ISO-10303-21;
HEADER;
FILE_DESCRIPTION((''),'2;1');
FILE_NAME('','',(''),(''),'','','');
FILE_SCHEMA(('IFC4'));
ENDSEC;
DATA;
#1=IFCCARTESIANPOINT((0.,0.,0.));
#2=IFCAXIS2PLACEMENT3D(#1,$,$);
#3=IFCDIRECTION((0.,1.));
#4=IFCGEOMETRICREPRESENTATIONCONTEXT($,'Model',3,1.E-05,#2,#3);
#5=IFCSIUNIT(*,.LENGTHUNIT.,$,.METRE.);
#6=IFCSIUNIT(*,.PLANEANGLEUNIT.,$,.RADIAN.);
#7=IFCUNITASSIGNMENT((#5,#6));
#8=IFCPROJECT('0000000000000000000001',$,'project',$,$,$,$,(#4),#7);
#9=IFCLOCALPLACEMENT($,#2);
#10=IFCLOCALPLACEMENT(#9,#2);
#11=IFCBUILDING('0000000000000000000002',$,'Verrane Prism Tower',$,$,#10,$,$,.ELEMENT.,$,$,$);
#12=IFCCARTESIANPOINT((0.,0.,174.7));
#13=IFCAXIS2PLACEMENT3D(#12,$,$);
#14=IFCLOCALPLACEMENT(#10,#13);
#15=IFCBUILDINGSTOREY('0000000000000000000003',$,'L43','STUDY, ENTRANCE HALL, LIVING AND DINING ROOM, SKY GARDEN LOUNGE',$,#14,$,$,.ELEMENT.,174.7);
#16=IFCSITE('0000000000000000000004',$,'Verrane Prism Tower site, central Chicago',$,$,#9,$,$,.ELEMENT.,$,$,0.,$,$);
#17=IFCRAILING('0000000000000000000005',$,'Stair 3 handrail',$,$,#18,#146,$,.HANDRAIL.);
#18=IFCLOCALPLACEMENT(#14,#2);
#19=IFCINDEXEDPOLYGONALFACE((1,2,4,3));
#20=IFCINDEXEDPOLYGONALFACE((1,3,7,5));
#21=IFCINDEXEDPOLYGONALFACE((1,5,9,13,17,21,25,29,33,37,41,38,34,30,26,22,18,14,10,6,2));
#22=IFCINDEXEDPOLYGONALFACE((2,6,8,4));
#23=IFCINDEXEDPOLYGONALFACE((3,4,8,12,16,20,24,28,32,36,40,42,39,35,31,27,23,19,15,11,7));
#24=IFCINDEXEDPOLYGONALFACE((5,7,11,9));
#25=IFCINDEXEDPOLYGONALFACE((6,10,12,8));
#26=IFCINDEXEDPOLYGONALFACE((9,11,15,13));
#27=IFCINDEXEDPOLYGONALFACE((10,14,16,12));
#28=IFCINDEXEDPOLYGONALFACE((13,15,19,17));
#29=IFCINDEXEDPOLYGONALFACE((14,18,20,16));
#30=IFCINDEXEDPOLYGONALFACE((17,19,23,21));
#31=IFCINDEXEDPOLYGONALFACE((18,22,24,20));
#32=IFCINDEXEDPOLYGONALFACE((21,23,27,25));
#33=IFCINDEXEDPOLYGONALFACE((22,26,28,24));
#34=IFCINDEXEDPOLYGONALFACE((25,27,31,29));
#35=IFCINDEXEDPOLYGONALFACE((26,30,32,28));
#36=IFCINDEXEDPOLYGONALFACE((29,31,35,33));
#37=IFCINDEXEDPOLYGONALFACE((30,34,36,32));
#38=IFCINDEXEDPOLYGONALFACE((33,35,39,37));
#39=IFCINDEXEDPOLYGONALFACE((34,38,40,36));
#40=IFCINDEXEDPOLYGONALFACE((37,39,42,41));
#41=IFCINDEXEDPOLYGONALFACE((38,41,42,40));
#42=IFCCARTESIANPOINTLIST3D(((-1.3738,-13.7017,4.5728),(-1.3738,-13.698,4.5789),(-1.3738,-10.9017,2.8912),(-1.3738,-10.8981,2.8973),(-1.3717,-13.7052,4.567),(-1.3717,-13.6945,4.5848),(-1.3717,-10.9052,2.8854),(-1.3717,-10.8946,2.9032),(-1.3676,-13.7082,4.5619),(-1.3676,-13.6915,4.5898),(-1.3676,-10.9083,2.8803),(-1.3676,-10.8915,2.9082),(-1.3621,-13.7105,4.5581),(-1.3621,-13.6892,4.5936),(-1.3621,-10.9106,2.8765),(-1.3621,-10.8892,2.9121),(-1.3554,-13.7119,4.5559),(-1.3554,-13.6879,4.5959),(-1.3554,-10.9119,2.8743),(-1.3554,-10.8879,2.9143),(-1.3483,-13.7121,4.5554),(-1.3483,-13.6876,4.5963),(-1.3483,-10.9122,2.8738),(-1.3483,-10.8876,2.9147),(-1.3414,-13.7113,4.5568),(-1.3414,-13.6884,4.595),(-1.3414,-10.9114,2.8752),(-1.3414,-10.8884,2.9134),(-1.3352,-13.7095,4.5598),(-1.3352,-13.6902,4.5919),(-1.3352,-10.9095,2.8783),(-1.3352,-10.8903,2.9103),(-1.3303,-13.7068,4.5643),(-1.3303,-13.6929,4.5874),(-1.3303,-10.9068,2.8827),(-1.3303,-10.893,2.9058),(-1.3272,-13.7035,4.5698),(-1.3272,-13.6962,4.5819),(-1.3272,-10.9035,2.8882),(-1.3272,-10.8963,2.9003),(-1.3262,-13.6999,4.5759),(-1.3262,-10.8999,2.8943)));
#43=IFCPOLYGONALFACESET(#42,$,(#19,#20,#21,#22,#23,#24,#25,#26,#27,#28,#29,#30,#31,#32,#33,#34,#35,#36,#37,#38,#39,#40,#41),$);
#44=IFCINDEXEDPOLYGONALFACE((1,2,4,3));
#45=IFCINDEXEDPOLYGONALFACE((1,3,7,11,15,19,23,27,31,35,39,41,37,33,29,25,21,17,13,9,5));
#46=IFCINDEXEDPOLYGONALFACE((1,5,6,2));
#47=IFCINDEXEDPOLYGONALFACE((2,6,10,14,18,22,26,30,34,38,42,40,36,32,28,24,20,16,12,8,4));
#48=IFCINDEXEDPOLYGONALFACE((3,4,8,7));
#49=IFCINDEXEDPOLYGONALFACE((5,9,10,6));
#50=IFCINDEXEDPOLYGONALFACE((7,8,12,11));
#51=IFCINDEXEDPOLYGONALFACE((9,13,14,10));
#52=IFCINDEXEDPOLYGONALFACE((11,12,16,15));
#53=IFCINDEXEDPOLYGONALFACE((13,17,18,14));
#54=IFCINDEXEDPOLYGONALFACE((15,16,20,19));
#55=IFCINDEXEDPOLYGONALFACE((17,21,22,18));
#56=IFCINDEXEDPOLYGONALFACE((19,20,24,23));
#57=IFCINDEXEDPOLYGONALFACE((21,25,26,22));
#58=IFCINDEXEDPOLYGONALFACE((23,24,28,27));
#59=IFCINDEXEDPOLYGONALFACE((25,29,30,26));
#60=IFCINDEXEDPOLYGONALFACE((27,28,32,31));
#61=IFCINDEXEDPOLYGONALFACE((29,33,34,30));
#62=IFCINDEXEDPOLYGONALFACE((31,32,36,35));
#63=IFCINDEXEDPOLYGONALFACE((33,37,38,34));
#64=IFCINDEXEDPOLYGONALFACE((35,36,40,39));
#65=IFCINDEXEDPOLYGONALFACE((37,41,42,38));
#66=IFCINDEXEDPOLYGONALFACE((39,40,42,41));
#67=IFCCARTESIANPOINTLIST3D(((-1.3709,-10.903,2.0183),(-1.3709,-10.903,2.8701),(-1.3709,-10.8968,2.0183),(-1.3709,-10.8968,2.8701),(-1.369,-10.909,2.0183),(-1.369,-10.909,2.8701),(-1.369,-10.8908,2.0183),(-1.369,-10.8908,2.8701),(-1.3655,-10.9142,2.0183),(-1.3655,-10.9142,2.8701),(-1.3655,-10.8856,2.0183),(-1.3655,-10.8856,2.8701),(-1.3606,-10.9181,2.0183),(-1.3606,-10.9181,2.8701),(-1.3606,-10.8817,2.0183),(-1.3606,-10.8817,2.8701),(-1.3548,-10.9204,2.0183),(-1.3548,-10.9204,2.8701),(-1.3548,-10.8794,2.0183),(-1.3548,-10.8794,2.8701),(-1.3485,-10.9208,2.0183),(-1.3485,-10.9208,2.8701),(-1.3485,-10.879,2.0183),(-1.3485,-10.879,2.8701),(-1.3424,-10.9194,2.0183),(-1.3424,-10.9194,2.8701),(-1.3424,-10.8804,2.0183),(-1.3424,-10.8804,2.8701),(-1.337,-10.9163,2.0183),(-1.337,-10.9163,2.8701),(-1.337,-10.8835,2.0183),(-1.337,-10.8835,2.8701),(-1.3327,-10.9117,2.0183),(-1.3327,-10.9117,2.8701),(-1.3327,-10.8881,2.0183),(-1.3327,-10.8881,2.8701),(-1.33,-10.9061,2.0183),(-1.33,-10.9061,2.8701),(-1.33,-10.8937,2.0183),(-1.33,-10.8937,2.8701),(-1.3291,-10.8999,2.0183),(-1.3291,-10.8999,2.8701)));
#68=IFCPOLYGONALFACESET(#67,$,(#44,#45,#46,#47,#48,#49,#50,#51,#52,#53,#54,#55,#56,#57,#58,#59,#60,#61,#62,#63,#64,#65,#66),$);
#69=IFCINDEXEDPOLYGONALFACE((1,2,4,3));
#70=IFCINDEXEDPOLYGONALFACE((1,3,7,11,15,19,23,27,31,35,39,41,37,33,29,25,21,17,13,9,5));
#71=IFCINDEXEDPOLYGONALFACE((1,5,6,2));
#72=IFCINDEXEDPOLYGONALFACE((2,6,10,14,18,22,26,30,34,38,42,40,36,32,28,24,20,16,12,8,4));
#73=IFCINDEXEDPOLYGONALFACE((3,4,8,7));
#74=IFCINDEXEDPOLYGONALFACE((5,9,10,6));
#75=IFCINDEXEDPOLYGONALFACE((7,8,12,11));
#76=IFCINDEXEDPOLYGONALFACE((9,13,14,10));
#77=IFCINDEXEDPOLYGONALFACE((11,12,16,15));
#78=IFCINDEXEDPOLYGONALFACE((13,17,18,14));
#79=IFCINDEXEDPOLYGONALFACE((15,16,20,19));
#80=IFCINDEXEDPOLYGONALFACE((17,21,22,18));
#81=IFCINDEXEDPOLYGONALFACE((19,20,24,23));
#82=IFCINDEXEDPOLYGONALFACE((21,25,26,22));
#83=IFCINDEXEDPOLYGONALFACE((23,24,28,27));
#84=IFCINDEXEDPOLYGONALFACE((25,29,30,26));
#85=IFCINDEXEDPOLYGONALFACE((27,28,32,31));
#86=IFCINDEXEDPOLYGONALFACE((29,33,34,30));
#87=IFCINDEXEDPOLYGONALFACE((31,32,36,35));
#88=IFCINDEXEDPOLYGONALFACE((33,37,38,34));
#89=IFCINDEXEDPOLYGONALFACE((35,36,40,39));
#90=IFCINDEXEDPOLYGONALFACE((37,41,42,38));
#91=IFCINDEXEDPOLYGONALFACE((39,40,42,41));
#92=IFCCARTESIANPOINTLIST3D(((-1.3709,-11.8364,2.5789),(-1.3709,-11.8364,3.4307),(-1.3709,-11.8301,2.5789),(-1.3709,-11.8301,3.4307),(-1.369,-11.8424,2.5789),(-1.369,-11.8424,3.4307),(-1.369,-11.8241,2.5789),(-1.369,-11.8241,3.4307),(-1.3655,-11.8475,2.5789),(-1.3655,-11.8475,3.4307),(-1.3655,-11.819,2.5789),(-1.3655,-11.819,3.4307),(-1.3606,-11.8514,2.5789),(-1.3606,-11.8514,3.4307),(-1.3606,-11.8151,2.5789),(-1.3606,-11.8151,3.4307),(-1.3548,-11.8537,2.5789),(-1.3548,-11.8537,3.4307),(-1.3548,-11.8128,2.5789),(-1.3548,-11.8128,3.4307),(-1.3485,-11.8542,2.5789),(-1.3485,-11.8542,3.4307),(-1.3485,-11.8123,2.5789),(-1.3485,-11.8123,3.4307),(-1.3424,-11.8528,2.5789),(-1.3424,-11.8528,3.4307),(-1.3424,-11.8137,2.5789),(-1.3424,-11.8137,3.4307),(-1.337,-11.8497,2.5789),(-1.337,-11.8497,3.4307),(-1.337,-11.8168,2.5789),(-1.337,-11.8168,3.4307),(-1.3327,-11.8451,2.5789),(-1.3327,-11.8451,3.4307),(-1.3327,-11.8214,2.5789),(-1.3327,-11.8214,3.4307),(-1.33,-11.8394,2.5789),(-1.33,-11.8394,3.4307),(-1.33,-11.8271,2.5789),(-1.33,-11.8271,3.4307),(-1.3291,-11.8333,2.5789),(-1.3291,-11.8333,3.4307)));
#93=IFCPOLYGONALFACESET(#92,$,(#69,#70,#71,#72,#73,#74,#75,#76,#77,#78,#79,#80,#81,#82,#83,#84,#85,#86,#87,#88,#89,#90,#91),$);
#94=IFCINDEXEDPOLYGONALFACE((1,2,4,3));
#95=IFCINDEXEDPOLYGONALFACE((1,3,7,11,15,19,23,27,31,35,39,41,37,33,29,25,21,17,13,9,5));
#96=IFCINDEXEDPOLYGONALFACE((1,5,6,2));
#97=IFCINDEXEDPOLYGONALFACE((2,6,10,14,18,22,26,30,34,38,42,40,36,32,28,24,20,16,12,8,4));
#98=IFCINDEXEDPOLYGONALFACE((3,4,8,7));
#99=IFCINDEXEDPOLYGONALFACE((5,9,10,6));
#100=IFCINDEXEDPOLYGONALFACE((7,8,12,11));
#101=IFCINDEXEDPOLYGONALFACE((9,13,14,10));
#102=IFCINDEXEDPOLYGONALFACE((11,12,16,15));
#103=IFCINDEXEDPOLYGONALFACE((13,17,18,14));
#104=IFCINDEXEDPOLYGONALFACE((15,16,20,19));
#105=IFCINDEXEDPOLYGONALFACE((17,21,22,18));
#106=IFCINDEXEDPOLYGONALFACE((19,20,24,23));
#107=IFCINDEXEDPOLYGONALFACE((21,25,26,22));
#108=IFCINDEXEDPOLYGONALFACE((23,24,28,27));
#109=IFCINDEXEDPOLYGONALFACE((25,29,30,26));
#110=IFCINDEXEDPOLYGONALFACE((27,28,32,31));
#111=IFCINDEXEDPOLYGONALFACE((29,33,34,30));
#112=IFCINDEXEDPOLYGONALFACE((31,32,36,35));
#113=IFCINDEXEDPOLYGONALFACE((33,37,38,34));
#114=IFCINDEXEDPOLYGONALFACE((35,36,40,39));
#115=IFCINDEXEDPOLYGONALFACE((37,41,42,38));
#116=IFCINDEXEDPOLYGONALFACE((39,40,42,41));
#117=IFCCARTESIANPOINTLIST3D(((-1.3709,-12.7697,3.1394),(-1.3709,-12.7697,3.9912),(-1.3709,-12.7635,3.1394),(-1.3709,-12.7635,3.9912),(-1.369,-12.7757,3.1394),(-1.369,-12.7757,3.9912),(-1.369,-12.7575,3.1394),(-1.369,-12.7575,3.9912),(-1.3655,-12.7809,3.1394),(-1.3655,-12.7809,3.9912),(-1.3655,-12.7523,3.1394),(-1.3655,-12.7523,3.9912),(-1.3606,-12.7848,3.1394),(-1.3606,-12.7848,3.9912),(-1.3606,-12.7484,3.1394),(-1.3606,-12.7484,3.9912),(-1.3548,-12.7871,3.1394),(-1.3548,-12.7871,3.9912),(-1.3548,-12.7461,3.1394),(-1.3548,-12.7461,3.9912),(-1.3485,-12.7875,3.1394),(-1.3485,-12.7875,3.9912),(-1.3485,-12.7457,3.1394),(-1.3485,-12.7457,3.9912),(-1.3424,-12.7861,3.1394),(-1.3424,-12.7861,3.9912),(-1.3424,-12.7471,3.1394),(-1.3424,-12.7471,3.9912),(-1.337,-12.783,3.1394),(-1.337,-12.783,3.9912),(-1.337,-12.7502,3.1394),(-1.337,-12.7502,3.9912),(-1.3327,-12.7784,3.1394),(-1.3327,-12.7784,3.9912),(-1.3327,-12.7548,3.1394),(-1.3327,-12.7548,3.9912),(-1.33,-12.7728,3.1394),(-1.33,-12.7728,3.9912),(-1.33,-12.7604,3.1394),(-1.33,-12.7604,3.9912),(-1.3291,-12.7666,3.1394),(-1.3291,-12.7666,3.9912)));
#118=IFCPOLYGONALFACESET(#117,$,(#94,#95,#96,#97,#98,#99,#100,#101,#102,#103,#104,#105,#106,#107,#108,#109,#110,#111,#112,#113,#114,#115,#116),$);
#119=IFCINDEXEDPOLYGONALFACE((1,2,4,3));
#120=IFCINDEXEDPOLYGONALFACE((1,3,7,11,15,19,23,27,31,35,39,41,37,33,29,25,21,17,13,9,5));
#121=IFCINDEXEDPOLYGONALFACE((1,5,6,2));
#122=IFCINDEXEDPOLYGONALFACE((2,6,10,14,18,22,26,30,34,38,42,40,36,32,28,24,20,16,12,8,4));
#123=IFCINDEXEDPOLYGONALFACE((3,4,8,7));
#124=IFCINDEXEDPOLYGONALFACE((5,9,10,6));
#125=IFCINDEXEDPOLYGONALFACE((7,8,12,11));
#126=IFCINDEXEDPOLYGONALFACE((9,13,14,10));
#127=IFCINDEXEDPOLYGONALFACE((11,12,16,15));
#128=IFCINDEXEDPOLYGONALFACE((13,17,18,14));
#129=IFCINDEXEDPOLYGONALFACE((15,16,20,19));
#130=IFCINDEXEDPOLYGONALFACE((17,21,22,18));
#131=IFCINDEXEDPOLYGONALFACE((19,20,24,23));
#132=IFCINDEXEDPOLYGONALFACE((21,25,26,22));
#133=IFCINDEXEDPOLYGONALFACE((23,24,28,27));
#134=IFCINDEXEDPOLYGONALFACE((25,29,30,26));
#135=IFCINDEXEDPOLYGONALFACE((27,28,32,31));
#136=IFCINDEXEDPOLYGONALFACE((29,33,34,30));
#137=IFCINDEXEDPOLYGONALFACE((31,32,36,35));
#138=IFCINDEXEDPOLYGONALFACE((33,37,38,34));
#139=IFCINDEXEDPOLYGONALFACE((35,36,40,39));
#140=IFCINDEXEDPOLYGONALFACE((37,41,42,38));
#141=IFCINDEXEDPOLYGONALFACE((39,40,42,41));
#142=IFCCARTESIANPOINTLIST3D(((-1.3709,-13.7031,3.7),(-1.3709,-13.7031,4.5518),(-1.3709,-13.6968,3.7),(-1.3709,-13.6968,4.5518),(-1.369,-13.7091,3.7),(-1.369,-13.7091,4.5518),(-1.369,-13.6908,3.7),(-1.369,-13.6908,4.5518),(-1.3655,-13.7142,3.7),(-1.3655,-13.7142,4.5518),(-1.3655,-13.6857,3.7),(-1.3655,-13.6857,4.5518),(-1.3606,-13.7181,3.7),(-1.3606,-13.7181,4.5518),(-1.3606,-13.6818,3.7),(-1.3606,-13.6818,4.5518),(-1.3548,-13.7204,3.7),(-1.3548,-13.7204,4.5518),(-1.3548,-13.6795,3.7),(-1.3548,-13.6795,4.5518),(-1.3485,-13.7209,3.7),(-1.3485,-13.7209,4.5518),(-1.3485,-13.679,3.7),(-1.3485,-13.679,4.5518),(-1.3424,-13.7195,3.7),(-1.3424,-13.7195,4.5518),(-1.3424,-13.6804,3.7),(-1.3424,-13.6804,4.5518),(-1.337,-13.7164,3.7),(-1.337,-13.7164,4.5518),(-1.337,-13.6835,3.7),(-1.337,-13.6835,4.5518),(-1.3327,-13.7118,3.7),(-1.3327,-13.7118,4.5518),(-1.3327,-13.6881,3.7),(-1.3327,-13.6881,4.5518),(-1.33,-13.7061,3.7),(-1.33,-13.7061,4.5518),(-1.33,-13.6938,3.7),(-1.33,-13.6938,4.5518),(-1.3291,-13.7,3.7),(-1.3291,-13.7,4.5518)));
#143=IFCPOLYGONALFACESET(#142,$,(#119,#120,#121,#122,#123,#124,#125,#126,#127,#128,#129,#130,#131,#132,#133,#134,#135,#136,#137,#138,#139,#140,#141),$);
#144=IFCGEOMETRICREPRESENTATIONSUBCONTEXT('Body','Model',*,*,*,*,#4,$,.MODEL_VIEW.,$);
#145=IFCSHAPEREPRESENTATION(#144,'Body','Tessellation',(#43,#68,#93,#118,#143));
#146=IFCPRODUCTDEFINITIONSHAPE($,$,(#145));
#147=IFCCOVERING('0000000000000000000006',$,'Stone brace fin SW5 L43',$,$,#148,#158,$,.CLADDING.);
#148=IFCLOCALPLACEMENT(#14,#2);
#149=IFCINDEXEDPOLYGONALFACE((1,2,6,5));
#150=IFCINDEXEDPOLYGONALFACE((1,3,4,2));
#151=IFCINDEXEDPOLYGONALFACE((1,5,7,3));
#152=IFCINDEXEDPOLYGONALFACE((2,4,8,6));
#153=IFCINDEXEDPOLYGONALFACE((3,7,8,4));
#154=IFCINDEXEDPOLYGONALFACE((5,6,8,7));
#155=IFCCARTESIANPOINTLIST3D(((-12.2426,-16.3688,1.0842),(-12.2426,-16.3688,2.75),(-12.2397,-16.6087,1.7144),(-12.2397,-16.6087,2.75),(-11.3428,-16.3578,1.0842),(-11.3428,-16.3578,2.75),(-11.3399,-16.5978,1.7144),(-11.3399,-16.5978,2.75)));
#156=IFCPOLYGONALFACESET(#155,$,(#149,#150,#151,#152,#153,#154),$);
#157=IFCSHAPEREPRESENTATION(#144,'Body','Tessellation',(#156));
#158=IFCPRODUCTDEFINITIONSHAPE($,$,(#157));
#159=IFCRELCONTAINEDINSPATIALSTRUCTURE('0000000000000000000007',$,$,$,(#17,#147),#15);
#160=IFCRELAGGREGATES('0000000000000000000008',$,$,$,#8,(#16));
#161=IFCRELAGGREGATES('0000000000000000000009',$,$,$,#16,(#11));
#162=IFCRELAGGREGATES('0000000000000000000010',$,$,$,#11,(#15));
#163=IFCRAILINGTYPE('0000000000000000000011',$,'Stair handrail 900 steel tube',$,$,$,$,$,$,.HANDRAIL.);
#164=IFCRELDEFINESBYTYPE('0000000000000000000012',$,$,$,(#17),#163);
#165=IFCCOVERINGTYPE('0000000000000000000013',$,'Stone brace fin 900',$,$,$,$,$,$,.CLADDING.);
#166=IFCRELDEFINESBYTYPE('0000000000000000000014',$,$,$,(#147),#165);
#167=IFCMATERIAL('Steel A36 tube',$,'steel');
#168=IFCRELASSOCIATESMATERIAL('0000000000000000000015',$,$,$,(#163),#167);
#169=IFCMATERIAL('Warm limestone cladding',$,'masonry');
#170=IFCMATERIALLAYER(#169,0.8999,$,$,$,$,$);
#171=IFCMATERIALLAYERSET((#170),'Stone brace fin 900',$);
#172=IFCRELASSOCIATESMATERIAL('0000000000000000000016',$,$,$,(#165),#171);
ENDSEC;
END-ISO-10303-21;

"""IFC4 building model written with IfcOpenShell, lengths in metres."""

from ifc_helpers import new_model, si_unit, direction, frame, origin, origin_2d, place, context, subcontext, project, spatial, polyline, circle, outline, extrude, material, layer, layer_set, type_object, element, save


model = new_model("IFC4")

# Units and contexts
model_context = context("Model", 3, precision=1e-05, world=origin(), true_north=direction((0.0, 1.0)))
body_context = subcontext(model_context, "Body", "Model", "MODEL_VIEW")
ifc_project = project(units=[si_unit("LENGTHUNIT", "METRE"), si_unit("PLANEANGLEUNIT", "RADIAN")], contexts=[model_context])

# Site, building, storey
site_placement = place(None, origin())
site = spatial("IfcSite", under=ifc_project, at=site_placement, Name="Verrane Prism Tower site, central Chicago", CompositionType="ELEMENT", RefElevation=0.0)
building_placement = place(site_placement, origin())
building = spatial("IfcBuilding", under=site, at=building_placement, Name="Verrane Prism Tower", CompositionType="ELEMENT")
storey_placement = place(building_placement, frame((0.0, 0.0, 174.7)))
storey = spatial("IfcBuildingStorey", under=building, at=storey_placement, Name="L43", Description="STUDY, ENTRANCE HALL, LIVING AND DINING ROOM, SKY GARDEN LOUNGE", CompositionType="ELEMENT", Elevation=174.7)

# Railing
ifc_material_1 = material(Name="Steel A36 tube", Category="steel")
railing_type = type_object("IfcRailingType", Name="Stair handrail 900 steel tube", PredefinedType="HANDRAIL", material=ifc_material_1)
railing_placement = place(storey_placement, frame((-1.3501, -10.8999, 2.0183)))
element("IfcRailing", 1, at=railing_placement, inside=storey, type_object=railing_type, Name="Stair 3 handrail", PredefinedType="HANDRAIL", context=body_context, shape_type="SweptSolid", body=[
    extrude(circle(Radius=0.0239, at=origin_2d()), frame((0.0, 0.0, 0.876), z_axis=(0.0, -0.857275, 0.514858), x_axis=(1.0, 0.0, 0.0)), (0.0, 0.0, 1.0), 3.2661),
    extrude(circle(Radius=0.021, at=origin_2d()), origin(), (0.0, 0.0, 1.0), 0.8518),
    extrude(circle(Radius=0.021, at=origin_2d()), frame((0.0, -0.9333, 0.5605)), (0.0, 0.0, 1.0), 0.8518),
    extrude(circle(Radius=0.021, at=origin_2d()), frame((0.0, -1.8667, 1.1211)), (0.0, 0.0, 1.0), 0.8518),
    extrude(circle(Radius=0.021, at=origin_2d()), frame((0.0, -2.8, 1.6816)), (0.0, 0.0, 1.0), 0.8518),
])

# Covering
ifc_material_2 = material(Name="Warm limestone cladding", Category="masonry")
ifc_layer_1 = layer(ifc_material_2, 0.8999)
ifc_layer_set_1 = layer_set([ifc_layer_1], Name="Stone brace fin 900")
covering_type = type_object("IfcCoveringType", Name="Stone brace fin 900", PredefinedType="CLADDING", material=ifc_layer_set_1)
covering_placement = place(storey_placement, frame((-11.7927, -16.3633, 1.0842), z_axis=(0.0, 0.0, 1.0), x_axis=(0.012207, -0.999925, 0.0)))
element("IfcCovering", 2, at=covering_placement, inside=storey, type_object=covering_type, Name="Stone brace fin SW5 L43", PredefinedType="CLADDING", context=body_context, shape_type="SweptSolid", body=[
    extrude(outline(polyline([(0.24, 1.6658), (0.0, 1.6658), (0.0, 0.0), (0.24, 0.6301), (0.24, 1.6658)])), frame((0.0, 0.45, 0.0), z_axis=(0.0, -1.0, 0.0), x_axis=(1.0, 0.0, 0.0)), (0.0, 0.0, 1.0), 0.8999),
])

save(model, "model.ifc")
